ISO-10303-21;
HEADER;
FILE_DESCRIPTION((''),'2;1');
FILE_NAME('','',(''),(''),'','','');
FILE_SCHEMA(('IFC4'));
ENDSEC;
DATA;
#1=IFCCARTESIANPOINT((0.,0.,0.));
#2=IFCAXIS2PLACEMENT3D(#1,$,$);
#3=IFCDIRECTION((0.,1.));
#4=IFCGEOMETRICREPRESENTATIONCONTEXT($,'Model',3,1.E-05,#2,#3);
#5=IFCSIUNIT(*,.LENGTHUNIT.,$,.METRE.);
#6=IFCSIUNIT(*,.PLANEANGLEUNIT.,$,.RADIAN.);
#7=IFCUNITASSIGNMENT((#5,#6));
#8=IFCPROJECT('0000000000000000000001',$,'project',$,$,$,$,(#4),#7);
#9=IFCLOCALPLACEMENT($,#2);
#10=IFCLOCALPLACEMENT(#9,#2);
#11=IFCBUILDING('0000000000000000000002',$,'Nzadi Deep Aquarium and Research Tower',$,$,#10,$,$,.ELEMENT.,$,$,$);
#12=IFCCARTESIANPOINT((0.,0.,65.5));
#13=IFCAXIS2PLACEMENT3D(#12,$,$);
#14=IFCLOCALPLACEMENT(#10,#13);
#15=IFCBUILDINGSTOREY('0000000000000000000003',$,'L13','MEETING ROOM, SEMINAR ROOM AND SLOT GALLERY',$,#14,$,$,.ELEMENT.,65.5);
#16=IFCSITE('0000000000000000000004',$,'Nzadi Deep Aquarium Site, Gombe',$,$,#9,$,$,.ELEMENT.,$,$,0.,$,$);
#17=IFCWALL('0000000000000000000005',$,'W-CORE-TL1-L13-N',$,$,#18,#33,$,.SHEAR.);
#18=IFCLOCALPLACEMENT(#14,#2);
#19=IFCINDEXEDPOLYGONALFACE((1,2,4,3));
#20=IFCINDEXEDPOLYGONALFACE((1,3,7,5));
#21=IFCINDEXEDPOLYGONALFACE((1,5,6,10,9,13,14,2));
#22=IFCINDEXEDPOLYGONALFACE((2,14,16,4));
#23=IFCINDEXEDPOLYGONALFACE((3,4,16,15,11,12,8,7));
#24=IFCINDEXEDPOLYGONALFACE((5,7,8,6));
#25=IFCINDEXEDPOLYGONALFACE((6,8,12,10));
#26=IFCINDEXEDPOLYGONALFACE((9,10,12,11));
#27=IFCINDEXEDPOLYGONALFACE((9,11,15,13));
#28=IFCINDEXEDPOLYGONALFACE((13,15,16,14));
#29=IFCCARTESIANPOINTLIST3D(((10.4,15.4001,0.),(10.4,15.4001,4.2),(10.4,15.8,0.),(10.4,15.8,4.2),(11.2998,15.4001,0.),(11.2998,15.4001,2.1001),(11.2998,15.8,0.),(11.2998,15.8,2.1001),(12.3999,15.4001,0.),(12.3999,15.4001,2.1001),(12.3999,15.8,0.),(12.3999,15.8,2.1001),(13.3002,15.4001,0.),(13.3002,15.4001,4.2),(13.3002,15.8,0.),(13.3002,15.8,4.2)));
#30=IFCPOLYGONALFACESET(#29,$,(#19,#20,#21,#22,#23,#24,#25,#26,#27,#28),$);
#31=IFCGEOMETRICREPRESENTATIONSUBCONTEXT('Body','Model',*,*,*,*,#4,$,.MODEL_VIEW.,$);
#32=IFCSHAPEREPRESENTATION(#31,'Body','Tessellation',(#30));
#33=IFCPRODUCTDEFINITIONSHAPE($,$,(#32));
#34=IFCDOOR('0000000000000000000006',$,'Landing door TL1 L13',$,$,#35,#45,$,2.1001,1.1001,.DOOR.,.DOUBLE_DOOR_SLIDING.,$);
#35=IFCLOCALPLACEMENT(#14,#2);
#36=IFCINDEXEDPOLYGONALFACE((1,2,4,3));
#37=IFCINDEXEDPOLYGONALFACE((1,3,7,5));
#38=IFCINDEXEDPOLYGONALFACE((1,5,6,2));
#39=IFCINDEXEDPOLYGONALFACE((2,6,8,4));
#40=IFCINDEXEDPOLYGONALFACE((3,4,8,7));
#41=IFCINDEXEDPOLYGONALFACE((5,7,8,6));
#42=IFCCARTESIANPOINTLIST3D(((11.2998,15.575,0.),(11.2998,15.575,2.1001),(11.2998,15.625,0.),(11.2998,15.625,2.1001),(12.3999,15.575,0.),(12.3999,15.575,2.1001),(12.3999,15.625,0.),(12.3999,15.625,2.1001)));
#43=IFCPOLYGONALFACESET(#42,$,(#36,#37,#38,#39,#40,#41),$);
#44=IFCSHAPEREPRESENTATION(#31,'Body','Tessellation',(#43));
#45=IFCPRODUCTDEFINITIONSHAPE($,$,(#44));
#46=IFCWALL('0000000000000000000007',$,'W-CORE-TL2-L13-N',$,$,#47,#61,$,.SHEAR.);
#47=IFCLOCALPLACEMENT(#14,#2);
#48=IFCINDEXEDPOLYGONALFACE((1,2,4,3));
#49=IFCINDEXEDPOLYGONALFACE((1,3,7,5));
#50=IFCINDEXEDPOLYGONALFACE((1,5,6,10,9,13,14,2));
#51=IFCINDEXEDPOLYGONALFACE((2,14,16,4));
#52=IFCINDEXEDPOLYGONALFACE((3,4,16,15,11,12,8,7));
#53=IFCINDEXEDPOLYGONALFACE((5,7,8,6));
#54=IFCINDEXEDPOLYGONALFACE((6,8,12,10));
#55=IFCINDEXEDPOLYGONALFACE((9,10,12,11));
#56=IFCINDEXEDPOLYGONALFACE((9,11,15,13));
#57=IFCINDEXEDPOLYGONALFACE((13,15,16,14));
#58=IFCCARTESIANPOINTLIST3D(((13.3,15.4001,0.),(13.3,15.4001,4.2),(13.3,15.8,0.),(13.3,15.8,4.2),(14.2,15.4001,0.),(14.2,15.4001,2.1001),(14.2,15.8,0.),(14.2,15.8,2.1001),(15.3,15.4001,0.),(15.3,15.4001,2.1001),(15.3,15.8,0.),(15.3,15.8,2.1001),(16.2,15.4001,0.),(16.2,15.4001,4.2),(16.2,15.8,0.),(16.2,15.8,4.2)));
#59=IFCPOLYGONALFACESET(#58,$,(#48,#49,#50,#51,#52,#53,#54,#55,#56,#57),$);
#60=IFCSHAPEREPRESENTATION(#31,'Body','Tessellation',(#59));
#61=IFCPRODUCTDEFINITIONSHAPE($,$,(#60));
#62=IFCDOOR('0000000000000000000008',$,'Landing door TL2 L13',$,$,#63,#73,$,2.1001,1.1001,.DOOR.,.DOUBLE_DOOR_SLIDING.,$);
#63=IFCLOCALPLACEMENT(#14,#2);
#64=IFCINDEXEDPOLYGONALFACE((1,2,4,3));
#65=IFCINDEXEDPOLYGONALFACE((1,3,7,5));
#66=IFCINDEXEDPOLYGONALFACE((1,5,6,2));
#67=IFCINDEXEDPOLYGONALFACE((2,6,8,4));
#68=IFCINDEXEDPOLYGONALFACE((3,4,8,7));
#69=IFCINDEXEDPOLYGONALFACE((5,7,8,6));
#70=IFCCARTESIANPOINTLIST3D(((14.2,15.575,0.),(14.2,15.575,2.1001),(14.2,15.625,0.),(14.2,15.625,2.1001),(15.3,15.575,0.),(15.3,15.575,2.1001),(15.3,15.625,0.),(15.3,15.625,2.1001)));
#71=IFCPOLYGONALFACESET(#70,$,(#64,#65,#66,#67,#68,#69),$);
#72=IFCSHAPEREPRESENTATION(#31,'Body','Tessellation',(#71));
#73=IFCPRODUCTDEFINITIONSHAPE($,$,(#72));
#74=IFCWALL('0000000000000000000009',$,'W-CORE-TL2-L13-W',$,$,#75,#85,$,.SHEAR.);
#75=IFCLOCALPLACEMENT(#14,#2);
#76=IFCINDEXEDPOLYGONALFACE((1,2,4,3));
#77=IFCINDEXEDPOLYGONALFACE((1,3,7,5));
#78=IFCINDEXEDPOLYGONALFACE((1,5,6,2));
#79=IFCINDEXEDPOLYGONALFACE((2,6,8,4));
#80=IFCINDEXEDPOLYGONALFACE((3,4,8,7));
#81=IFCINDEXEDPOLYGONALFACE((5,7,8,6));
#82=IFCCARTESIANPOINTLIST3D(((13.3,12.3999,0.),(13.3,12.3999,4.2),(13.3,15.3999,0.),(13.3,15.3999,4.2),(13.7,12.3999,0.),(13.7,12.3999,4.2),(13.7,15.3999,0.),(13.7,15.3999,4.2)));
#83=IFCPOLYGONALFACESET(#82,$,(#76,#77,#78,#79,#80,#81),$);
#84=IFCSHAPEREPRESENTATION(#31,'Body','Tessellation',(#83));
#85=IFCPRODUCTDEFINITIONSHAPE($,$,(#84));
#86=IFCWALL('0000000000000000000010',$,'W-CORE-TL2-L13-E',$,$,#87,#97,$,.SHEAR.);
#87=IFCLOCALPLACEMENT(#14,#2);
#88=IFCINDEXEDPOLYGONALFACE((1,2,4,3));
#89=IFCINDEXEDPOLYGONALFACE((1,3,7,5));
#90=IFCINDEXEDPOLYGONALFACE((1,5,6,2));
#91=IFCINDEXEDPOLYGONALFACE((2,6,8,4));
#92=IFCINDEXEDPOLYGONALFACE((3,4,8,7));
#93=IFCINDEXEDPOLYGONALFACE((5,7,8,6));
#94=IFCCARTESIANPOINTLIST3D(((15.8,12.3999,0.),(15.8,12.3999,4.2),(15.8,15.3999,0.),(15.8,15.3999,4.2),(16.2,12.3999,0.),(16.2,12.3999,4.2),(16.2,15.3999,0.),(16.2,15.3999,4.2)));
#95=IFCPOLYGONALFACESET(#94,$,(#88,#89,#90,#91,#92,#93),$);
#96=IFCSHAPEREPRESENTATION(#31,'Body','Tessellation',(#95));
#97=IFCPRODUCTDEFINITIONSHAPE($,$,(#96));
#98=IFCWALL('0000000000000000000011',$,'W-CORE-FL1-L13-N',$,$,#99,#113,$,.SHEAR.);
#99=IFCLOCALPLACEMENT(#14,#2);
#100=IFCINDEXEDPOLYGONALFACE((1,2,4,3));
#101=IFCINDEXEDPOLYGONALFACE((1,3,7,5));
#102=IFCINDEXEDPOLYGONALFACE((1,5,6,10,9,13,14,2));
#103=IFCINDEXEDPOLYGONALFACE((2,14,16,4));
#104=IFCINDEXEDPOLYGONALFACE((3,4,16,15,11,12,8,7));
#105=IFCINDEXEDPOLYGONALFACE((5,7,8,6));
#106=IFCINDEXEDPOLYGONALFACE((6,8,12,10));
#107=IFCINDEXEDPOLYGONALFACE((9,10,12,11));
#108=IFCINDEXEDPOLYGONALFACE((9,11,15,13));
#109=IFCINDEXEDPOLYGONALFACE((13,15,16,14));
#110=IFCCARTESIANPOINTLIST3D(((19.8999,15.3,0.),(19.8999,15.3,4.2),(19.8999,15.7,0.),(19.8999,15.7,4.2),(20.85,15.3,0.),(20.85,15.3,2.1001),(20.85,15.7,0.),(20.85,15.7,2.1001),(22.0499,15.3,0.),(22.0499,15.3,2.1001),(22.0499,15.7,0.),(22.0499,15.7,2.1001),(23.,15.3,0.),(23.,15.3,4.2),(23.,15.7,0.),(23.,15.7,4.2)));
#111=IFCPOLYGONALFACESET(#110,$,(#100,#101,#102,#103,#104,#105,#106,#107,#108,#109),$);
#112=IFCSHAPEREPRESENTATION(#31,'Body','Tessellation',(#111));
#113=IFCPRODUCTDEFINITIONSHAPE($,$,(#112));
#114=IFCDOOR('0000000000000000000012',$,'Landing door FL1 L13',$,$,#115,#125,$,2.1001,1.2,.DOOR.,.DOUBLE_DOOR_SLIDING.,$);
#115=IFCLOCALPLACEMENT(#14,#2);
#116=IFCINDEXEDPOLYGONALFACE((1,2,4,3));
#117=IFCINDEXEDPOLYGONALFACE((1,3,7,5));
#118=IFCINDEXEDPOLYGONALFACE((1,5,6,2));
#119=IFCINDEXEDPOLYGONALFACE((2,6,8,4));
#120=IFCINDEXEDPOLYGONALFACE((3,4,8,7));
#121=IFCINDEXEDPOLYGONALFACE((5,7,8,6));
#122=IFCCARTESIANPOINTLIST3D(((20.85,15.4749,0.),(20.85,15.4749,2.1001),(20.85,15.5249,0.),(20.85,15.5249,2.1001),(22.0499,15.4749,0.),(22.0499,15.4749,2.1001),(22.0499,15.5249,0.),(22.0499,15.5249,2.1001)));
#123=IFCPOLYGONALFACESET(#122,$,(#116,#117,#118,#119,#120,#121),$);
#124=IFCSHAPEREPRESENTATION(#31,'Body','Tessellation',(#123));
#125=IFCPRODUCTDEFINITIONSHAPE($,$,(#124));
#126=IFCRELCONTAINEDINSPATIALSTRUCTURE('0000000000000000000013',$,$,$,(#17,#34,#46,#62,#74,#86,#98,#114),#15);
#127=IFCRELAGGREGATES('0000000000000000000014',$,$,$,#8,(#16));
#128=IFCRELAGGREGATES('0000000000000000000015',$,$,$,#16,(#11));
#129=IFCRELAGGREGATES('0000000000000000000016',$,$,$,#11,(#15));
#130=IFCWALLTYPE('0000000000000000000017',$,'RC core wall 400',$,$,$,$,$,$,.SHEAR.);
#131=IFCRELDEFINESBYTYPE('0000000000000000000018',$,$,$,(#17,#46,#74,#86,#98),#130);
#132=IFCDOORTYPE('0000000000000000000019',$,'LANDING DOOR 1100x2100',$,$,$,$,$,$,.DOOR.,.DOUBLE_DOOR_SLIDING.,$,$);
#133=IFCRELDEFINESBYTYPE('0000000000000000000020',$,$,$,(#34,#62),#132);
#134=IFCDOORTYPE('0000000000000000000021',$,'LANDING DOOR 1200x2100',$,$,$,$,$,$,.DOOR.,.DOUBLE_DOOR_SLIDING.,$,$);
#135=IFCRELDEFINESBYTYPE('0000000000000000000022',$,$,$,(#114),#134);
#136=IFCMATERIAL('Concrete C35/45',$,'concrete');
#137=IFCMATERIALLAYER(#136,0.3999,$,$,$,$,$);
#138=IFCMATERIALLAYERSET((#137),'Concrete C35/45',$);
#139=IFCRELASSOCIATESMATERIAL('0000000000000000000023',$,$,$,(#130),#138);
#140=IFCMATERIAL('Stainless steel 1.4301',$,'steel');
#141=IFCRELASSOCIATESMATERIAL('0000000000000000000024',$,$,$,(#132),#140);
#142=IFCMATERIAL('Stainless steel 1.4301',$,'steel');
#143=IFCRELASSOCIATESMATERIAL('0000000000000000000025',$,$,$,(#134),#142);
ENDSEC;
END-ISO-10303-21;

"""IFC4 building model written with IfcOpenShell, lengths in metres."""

from ifc_helpers import new_model, si_unit, direction, frame, frame_2d, origin, place, context, subcontext, project, spatial, rectangle, extrude, material, layer, layer_set, type_object, element, fill, save


model = new_model("IFC4")

# Units and contexts
model_context = context("Model", 3, precision=1e-05, world=origin(), true_north=direction((0.0, 1.0)))
body_context = subcontext(model_context, "Body", "Model", "MODEL_VIEW")
ifc_project = project(units=[si_unit("LENGTHUNIT", "METRE"), si_unit("PLANEANGLEUNIT", "RADIAN")], contexts=[model_context])

# Site, building, storey
site_placement = place(None, origin())
site = spatial("IfcSite", under=ifc_project, at=site_placement, Name="Nzadi Deep Aquarium Site, Gombe", CompositionType="ELEMENT", RefElevation=0.0)
building_placement = place(site_placement, origin())
building = spatial("IfcBuilding", under=site, at=building_placement, Name="Nzadi Deep Aquarium and Research Tower", CompositionType="ELEMENT")
storey_placement = place(building_placement, frame((0.0, 0.0, 65.5)))
storey = spatial("IfcBuildingStorey", under=building, at=storey_placement, Name="L13", Description="MEETING ROOM, SEMINAR ROOM AND SLOT GALLERY", CompositionType="ELEMENT", Elevation=65.5)

# Shared definitions
ifc_material_1 = material(Name="Concrete C35/45", Category="concrete")
ifc_layer_1 = layer(ifc_material_1, 0.3999)
ifc_layer_set_1 = layer_set([ifc_layer_1], Name="Concrete C35/45")
wall_type_1 = type_object("IfcWallType", Name="RC core wall 400", PredefinedType="SHEAR", material=ifc_layer_set_1)

# Walls, openings, doors
wall_1_placement = place(storey_placement, frame((10.3999, 15.6001, 0.0), z_axis=(0.0, 0.0, 1.0), x_axis=(1.0, 0.0, 0.0)))
wall_1 = element("IfcWall", 1, at=wall_1_placement, inside=storey, type_object=wall_type_1, Name="W-CORE-TL1-L13-N", PredefinedType="SHEAR", context=body_context, shape_type="SweptSolid", body=[
    extrude(rectangle(XDim=2.9001, YDim=0.3999, at=frame_2d((1.4502, 0.0))), origin(), (0.0, 0.0, 1.0), 4.2),
])
opening_1_placement = place(wall_1_placement, frame((0.8999, 0.0, 0.0)))
opening_1 = element("IfcOpeningElement", 2, at=opening_1_placement, cuts=wall_1, PredefinedType="OPENING", context=body_context, shape_type="SweptSolid", body=[
    extrude(rectangle(XDim=1.1001, YDim=2.1001, at=frame_2d((0.55, 1.05))), frame((0.0, 0.21, 0.0), z_axis=(0.0, -1.0, 0.0), x_axis=(1.0, 0.0, 0.0)), (0.0, 0.0, 1.0), 0.4199),
])
ifc_material_2 = material(Name="Stainless steel 1.4301", Category="steel")
door_type_1 = type_object("IfcDoorType", Name="LANDING DOOR 1100x2100", OperationType="DOUBLE_DOOR_SLIDING", PredefinedType="DOOR", material=ifc_material_2)
door_1_placement = place(opening_1_placement, origin())
door_1 = element("IfcDoor", 3, at=door_1_placement, inside=storey, type_object=door_type_1, Name="Landing door TL1 L13", OperationType="DOUBLE_DOOR_SLIDING", OverallHeight=2.1001, OverallWidth=1.1001, PredefinedType="DOOR", context=body_context, shape_type="SweptSolid", body=[
    extrude(rectangle(XDim=1.1001, YDim=2.1001, at=frame_2d((0.55, 1.05))), frame((0.0, 0.0249, 0.0), z_axis=(0.0, -1.0, 0.0), x_axis=(1.0, 0.0, 0.0)), (0.0, 0.0, 1.0), 0.05),
])
fill(opening_1, door_1)
wall_2_placement = place(storey_placement, frame((13.3, 15.6001, 0.0), z_axis=(0.0, 0.0, 1.0), x_axis=(1.0, 0.0, 0.0)))
wall_2 = element("IfcWall", 4, at=wall_2_placement, inside=storey, type_object=wall_type_1, Name="W-CORE-TL2-L13-N", PredefinedType="SHEAR", context=body_context, shape_type="SweptSolid", body=[
    extrude(rectangle(XDim=2.8999, YDim=0.3999, at=frame_2d((1.45, 0.0))), origin(), (0.0, 0.0, 1.0), 4.2),
])
opening_2_placement = place(wall_2_placement, frame((0.8999, 0.0, 0.0)))
opening_2 = element("IfcOpeningElement", 5, at=opening_2_placement, cuts=wall_2, PredefinedType="OPENING", context=body_context, shape_type="SweptSolid", body=[
    extrude(rectangle(XDim=1.1001, YDim=2.1001, at=frame_2d((0.55, 1.05))), frame((0.0, 0.21, 0.0), z_axis=(0.0, -1.0, 0.0), x_axis=(1.0, 0.0, 0.0)), (0.0, 0.0, 1.0), 0.4199),
])
door_2_placement = place(opening_2_placement, origin())
door_2 = element("IfcDoor", 6, at=door_2_placement, inside=storey, type_object=door_type_1, Name="Landing door TL2 L13", OperationType="DOUBLE_DOOR_SLIDING", OverallHeight=2.1001, OverallWidth=1.1001, PredefinedType="DOOR", context=body_context, shape_type="SweptSolid", body=[
    extrude(rectangle(XDim=1.1001, YDim=2.1001, at=frame_2d((0.55, 1.05))), frame((0.0, 0.0249, 0.0), z_axis=(0.0, -1.0, 0.0), x_axis=(1.0, 0.0, 0.0)), (0.0, 0.0, 1.0), 0.05),
])
fill(opening_2, door_2)

# Walls
for number, where, z_axis, x_axis, name in (
    (7, (13.5, 12.3999, 0.0), (0.0, 0.0, 1.0), (0.0, 1.0, 0.0), "W-CORE-TL2-L13-W"),
    (8, (16.0, 12.3999, 0.0), (0.0, 0.0, 1.0), (0.0, 1.0, 0.0), "W-CORE-TL2-L13-E"),
):
    element("IfcWall", number, at=place(storey_placement, frame(where, z_axis=z_axis, x_axis=x_axis)), inside=storey, type_object=wall_type_1, Name=name, PredefinedType="SHEAR", context=body_context, shape_type="SweptSolid", body=[
        extrude(rectangle(XDim=3.0, YDim=0.3999, at=frame_2d((1.5, 0.0))), origin(), (0.0, 0.0, 1.0), 4.2),
    ])

# Wall, opening, door
wall_3_placement = place(storey_placement, frame((19.8999, 15.5, 0.0), z_axis=(0.0, 0.0, 1.0), x_axis=(1.0, 0.0, 0.0)))
wall_3 = element("IfcWall", 9, at=wall_3_placement, inside=storey, type_object=wall_type_1, Name="W-CORE-FL1-L13-N", PredefinedType="SHEAR", context=body_context, shape_type="SweptSolid", body=[
    extrude(rectangle(XDim=3.1001, YDim=0.3999, at=frame_2d((1.55, 0.0))), origin(), (0.0, 0.0, 1.0), 4.2),
])
opening_3_placement = place(wall_3_placement, frame((0.95, 0.0, 0.0)))
opening_3 = element("IfcOpeningElement", 10, at=opening_3_placement, cuts=wall_3, PredefinedType="OPENING", context=body_context, shape_type="SweptSolid", body=[
    extrude(rectangle(XDim=1.2, YDim=2.1001, at=frame_2d((0.6001, 1.05))), frame((0.0, 0.21, 0.0), z_axis=(0.0, -1.0, 0.0), x_axis=(1.0, 0.0, 0.0)), (0.0, 0.0, 1.0), 0.4199),
])
ifc_material_3 = material(Name="Stainless steel 1.4301", Category="steel")
door_type_2 = type_object("IfcDoorType", Name="LANDING DOOR 1200x2100", OperationType="DOUBLE_DOOR_SLIDING", PredefinedType="DOOR", material=ifc_material_3)
door_3_placement = place(opening_3_placement, origin())
door_3 = element("IfcDoor", 11, at=door_3_placement, inside=storey, type_object=door_type_2, Name="Landing door FL1 L13", OperationType="DOUBLE_DOOR_SLIDING", OverallHeight=2.1001, OverallWidth=1.2, PredefinedType="DOOR", context=body_context, shape_type="SweptSolid", body=[
    extrude(rectangle(XDim=1.2, YDim=2.1001, at=frame_2d((0.6001, 1.05))), frame((0.0, 0.0249, 0.0), z_axis=(0.0, -1.0, 0.0), x_axis=(1.0, 0.0, 0.0)), (0.0, 0.0, 1.0), 0.05),
])
fill(opening_3, door_3)

save(model, "model.ifc")
